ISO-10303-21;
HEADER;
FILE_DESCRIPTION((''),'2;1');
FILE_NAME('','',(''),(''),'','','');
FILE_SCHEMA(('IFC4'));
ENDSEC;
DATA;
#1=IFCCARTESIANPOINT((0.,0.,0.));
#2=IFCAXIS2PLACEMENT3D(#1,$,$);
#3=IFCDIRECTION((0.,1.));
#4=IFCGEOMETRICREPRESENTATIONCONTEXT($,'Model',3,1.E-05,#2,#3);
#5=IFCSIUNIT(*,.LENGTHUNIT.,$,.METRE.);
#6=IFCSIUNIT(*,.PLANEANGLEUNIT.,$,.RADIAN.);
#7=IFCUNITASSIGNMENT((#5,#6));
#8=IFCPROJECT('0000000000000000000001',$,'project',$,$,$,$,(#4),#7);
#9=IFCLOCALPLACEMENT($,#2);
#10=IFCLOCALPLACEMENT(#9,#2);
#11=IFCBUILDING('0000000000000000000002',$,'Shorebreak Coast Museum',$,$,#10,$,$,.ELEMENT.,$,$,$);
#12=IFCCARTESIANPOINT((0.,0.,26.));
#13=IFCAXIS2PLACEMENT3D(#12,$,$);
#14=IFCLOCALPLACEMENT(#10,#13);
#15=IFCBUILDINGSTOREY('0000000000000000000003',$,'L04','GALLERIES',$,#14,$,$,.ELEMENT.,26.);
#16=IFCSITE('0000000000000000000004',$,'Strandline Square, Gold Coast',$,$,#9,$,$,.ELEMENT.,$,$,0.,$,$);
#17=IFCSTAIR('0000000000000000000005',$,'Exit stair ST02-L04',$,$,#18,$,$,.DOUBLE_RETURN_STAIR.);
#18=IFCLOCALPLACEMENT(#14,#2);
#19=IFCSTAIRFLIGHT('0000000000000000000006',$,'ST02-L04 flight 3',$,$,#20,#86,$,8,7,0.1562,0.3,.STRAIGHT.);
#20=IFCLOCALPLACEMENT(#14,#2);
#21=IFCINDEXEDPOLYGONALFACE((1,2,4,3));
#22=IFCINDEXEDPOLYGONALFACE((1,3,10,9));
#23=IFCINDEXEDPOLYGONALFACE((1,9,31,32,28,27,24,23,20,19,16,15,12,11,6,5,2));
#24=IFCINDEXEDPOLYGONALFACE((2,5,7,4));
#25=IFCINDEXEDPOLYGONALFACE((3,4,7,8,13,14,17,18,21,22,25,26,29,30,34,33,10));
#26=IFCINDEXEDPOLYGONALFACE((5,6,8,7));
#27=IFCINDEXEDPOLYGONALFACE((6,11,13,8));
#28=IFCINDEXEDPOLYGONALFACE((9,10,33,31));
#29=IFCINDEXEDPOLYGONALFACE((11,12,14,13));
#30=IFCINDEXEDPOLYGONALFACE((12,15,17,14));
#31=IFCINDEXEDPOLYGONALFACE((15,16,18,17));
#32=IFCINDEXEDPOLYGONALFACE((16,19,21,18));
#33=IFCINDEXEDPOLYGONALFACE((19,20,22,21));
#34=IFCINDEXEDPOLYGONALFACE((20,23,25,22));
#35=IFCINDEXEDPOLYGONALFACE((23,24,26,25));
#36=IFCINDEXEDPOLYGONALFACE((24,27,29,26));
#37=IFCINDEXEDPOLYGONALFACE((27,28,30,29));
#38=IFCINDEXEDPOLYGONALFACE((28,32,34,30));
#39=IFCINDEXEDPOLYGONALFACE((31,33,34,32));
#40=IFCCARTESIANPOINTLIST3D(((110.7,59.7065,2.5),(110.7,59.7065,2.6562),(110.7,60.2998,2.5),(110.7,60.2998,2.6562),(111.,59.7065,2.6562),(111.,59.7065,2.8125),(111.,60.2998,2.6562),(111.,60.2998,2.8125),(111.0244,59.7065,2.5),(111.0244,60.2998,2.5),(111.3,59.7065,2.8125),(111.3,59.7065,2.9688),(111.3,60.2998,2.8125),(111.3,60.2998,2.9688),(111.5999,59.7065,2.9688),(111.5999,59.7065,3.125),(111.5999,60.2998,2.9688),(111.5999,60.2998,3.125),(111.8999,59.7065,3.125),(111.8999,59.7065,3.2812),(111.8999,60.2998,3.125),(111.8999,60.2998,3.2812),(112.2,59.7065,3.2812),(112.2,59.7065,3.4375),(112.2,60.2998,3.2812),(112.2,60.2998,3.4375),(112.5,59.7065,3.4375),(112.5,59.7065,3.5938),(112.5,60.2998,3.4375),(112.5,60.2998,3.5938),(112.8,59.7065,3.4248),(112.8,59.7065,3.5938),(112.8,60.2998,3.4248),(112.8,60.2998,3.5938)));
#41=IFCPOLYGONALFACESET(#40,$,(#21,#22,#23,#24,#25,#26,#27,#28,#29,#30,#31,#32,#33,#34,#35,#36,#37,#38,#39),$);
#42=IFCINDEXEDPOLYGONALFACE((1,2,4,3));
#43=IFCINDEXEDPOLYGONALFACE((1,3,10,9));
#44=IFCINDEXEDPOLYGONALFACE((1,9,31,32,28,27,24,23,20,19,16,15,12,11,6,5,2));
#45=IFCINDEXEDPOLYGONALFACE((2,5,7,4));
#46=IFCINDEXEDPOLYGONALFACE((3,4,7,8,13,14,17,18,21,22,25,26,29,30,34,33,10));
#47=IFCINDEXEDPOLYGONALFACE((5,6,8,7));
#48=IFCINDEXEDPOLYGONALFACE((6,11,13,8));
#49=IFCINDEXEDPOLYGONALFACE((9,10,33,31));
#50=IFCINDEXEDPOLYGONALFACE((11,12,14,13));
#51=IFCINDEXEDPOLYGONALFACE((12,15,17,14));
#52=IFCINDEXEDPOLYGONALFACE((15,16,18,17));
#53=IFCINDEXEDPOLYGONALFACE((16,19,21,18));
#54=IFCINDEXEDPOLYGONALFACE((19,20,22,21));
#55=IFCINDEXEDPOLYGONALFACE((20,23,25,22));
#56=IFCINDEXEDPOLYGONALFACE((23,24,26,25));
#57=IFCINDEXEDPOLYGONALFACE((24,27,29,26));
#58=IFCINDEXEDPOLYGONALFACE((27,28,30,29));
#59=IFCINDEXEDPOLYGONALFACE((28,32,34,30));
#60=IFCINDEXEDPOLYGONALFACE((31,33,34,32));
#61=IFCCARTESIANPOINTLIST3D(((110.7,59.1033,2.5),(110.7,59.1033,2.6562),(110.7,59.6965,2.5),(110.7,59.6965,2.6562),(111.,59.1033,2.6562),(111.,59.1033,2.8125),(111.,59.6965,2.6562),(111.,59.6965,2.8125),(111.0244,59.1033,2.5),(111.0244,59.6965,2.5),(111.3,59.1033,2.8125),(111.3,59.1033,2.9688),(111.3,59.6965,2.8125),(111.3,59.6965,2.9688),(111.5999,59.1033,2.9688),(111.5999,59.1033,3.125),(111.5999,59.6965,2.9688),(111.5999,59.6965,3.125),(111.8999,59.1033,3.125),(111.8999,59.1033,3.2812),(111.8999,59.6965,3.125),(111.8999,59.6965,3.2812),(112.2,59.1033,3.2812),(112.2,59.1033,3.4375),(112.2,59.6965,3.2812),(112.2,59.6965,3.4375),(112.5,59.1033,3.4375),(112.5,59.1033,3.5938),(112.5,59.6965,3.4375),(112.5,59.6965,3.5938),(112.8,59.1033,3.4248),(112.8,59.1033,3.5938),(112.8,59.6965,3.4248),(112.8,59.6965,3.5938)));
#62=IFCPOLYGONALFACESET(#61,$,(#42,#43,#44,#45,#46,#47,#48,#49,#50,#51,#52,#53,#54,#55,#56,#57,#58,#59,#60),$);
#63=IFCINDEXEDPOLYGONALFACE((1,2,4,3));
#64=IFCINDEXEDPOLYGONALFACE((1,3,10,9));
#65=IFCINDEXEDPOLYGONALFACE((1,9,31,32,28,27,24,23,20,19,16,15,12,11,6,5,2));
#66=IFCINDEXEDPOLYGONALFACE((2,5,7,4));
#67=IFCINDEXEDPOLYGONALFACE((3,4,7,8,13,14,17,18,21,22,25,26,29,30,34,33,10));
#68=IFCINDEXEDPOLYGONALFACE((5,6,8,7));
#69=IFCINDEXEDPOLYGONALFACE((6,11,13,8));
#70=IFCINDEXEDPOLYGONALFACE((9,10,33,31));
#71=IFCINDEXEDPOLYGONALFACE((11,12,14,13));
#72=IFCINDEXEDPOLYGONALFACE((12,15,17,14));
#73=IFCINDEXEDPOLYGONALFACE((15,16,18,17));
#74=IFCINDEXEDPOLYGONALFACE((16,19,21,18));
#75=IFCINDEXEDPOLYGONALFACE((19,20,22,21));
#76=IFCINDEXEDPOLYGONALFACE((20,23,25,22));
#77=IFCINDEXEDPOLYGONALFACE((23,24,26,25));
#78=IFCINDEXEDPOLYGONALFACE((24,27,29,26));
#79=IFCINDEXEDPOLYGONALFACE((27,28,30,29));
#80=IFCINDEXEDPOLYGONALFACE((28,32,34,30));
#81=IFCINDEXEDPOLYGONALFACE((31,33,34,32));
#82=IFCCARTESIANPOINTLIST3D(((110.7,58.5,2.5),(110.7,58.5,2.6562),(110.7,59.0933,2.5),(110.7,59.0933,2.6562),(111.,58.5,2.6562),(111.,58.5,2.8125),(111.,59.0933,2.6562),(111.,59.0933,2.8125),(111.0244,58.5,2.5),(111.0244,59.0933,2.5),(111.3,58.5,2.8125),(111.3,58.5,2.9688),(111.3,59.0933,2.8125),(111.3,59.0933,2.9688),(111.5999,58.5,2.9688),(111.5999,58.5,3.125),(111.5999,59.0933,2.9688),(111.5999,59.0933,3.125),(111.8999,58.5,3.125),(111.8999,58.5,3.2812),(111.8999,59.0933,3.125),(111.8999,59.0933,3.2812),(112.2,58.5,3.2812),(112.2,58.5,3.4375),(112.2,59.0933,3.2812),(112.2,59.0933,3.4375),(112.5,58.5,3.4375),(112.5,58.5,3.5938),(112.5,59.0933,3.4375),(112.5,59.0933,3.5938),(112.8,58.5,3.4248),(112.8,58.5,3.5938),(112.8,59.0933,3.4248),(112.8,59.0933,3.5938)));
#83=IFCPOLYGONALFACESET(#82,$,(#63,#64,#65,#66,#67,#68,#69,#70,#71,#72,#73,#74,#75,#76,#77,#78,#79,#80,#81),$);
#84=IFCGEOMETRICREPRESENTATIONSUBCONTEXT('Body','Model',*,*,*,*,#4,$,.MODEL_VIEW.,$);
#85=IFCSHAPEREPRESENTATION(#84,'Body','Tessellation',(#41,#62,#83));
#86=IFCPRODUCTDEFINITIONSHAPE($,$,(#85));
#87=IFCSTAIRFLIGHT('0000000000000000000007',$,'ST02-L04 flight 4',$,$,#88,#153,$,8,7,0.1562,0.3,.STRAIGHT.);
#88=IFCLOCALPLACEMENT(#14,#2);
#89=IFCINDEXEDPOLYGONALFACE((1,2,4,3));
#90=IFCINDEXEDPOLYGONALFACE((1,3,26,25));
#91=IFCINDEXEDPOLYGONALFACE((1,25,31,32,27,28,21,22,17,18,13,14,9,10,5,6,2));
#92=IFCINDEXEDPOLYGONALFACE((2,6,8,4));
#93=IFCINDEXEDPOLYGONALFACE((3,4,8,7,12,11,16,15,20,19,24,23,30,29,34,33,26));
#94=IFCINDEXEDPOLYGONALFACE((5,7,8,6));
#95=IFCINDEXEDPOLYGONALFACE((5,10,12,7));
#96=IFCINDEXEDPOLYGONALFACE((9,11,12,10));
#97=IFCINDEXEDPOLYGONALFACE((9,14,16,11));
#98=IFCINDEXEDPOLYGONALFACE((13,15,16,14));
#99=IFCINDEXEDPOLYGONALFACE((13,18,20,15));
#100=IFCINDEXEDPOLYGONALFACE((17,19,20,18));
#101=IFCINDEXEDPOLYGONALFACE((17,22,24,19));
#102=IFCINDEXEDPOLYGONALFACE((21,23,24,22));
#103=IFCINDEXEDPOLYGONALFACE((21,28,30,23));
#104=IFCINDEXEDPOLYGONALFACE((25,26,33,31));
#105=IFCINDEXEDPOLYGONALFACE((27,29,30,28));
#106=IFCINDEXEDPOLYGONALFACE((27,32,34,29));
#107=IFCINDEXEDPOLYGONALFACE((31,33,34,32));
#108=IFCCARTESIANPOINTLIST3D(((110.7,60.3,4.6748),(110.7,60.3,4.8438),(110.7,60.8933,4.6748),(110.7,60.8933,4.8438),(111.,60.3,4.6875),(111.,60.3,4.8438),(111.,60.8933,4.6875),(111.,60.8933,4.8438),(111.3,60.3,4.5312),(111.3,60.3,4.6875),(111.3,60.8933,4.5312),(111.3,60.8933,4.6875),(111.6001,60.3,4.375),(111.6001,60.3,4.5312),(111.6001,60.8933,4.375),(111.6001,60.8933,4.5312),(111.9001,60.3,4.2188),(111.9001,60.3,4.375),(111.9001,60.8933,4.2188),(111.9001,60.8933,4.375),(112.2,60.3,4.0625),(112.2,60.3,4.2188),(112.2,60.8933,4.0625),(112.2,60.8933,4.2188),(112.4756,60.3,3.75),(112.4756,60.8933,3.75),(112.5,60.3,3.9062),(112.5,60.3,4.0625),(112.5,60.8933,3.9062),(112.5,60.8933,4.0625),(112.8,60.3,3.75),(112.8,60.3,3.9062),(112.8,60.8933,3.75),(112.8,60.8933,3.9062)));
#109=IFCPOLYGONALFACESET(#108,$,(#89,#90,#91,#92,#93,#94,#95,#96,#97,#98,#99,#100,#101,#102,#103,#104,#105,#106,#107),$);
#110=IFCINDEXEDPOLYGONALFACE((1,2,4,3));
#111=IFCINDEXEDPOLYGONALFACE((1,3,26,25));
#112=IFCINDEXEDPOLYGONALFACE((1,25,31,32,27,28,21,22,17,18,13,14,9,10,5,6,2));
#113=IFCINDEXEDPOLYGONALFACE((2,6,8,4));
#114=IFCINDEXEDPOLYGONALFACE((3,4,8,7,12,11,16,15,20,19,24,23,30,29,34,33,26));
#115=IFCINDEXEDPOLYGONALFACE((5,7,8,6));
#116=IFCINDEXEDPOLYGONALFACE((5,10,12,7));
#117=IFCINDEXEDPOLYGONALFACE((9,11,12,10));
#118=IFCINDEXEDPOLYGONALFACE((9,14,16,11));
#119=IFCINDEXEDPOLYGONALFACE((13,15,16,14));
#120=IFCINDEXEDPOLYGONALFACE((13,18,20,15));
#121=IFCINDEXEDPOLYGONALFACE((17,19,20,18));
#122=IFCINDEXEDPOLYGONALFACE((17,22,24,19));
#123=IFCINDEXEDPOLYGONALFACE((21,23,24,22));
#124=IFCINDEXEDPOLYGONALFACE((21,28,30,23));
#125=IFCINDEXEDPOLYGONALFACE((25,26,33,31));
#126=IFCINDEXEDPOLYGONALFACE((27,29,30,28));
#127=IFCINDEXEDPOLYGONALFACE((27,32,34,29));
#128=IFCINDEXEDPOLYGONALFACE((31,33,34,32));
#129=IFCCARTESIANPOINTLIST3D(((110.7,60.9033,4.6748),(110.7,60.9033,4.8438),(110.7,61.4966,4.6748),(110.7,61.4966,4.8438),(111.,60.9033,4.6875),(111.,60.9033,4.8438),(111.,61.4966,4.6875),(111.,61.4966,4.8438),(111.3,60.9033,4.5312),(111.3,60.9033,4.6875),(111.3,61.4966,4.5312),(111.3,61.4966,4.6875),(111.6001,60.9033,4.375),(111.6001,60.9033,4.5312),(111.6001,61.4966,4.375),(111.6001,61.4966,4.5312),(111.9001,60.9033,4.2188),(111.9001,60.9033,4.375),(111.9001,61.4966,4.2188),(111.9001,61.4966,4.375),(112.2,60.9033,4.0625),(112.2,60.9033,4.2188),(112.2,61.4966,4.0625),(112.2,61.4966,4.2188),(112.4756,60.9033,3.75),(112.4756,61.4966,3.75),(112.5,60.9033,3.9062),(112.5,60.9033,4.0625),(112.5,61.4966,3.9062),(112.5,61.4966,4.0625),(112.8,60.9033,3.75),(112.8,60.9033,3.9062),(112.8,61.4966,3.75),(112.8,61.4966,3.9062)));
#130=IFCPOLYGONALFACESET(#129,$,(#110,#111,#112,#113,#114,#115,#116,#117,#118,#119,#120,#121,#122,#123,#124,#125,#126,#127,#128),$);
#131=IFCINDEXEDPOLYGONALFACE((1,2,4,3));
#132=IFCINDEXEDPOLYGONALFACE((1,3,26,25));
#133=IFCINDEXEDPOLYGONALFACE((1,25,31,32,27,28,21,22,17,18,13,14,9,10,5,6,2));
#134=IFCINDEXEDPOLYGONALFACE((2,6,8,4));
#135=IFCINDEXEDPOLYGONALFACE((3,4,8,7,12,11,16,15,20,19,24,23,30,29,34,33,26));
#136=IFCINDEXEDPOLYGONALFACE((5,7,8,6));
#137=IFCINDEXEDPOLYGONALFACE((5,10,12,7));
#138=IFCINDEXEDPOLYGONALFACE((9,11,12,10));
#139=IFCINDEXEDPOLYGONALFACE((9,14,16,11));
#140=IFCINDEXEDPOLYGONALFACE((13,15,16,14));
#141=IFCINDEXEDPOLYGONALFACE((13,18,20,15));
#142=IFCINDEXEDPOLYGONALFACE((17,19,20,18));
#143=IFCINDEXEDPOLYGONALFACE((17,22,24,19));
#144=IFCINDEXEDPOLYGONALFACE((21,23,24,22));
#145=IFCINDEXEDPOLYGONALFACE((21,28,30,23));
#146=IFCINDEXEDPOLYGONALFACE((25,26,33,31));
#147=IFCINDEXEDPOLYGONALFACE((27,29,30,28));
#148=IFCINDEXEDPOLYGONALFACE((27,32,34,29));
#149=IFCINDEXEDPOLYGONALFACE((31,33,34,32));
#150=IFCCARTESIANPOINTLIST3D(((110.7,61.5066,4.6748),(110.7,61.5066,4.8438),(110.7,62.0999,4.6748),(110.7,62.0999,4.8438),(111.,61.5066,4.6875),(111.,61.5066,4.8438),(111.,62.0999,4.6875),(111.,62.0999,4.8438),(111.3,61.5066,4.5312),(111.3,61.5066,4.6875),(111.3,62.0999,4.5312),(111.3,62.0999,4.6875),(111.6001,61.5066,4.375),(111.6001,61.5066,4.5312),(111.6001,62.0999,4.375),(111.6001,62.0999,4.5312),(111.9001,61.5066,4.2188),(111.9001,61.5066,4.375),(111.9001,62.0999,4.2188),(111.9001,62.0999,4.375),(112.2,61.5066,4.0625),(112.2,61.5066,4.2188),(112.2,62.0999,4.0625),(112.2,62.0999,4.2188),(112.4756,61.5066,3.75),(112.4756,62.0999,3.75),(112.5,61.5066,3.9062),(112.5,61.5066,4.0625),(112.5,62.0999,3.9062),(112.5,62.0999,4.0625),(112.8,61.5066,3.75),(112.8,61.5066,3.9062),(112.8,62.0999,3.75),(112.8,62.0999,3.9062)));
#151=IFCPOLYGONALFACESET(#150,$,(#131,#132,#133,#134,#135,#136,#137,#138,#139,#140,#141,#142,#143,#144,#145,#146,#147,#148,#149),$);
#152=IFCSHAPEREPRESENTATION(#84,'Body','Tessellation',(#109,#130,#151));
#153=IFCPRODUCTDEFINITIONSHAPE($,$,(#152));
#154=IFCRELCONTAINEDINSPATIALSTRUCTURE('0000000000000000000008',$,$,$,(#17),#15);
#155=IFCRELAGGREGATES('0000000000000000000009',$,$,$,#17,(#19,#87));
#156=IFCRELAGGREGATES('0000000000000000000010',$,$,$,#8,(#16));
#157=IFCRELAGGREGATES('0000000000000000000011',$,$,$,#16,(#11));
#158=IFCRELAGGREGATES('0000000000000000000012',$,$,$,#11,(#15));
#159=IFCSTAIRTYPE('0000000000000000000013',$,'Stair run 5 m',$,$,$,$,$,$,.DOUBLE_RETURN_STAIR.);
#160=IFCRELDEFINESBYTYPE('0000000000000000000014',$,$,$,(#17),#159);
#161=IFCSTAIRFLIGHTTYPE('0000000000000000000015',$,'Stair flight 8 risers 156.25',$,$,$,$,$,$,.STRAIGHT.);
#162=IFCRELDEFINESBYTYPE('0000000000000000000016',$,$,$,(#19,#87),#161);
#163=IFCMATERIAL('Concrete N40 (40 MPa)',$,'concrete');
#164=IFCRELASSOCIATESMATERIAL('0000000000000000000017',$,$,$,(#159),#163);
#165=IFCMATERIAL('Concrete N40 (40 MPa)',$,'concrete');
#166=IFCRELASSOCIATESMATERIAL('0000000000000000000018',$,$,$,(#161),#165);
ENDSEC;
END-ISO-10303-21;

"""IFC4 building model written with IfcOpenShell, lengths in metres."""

from ifc_helpers import new_model, si_unit, direction, frame, origin, place, context, subcontext, project, spatial, polyline, outline, extrude, material, type_object, element, aggregate, save


model = new_model("IFC4")

# Units and contexts
model_context = context("Model", 3, precision=1e-05, world=origin(), true_north=direction((0.0, 1.0)))
body_context = subcontext(model_context, "Body", "Model", "MODEL_VIEW")
ifc_project = project(units=[si_unit("LENGTHUNIT", "METRE"), si_unit("PLANEANGLEUNIT", "RADIAN")], contexts=[model_context])

# Site, building, storey
site_placement = place(None, origin())
site = spatial("IfcSite", under=ifc_project, at=site_placement, Name="Strandline Square, Gold Coast", CompositionType="ELEMENT", RefElevation=0.0)
building_placement = place(site_placement, origin())
building = spatial("IfcBuilding", under=site, at=building_placement, Name="Shorebreak Coast Museum", CompositionType="ELEMENT")
storey_placement = place(building_placement, frame((0.0, 0.0, 26.0)))
storey = spatial("IfcBuildingStorey", under=building, at=storey_placement, Name="L04", Description="GALLERIES", CompositionType="ELEMENT", Elevation=26.0)

# Stair, stair flights
ifc_material_1 = material(Name="Concrete N40 (40 MPa)", Category="concrete")
stair_type = type_object("IfcStairType", Name="Stair run 5 m", PredefinedType="DOUBLE_RETURN_STAIR", material=ifc_material_1)
stair_placement = place(storey_placement, origin())
stair = element("IfcStair", 1, at=stair_placement, inside=storey, type_object=stair_type, Name="Exit stair ST02-L04", PredefinedType="DOUBLE_RETURN_STAIR")
ifc_material_2 = material(Name="Concrete N40 (40 MPa)", Category="concrete")
stair_flight_type = type_object("IfcStairFlightType", Name="Stair flight 8 risers 156.25", PredefinedType="STRAIGHT", material=ifc_material_2)
stair_flight_1_placement = place(storey_placement, frame((110.7, 59.3999, 2.5), z_axis=(0.0, 0.0, 1.0), x_axis=(1.0, 0.0, 0.0)))
stair_flight_1 = element("IfcStairFlight", 2, at=stair_flight_1_placement, type_object=stair_flight_type, Name="ST02-L04 flight 3", NumberOfRisers=8, NumberOfTreads=7, PredefinedType="STRAIGHT", RiserHeight=0.1562, TreadLength=0.3, context=body_context, shape_type="SweptSolid", body=[
    extrude(outline(polyline([(0.0, 0.0), (0.0, 0.1562), (0.3, 0.1562), (0.3, 0.3125), (0.6001, 0.3125), (0.6001, 0.4688), (0.8999, 0.4688), (0.8999, 0.625), (1.2, 0.625), (1.2, 0.7812), (1.5, 0.7812), (1.5, 0.9375), (1.8, 0.9375), (1.8, 1.0938), (2.1001, 1.0938), (2.1001, 1.25), (2.1001, 0.9248), (0.3245, 0.0), (0.0, 0.0)])), frame((0.0, 0.8999, 0.0), z_axis=(0.0, -1.0, 0.0), x_axis=(1.0, 0.0, 0.0)), (0.0, 0.0, 1.0), 0.5933),
    extrude(outline(polyline([(0.0, 0.0), (0.0, 0.1562), (0.3, 0.1562), (0.3, 0.3125), (0.6001, 0.3125), (0.6001, 0.4688), (0.8999, 0.4688), (0.8999, 0.625), (1.2, 0.625), (1.2, 0.7812), (1.5, 0.7812), (1.5, 0.9375), (1.8, 0.9375), (1.8, 1.0938), (2.1001, 1.0938), (2.1001, 1.25), (2.1001, 0.9248), (0.3245, 0.0), (0.0, 0.0)])), frame((0.0, 0.2966, 0.0), z_axis=(0.0, -1.0, 0.0), x_axis=(1.0, 0.0, 0.0)), (0.0, 0.0, 1.0), 0.5933),
    extrude(outline(polyline([(0.0, 0.0), (0.0, 0.1562), (0.3, 0.1562), (0.3, 0.3125), (0.6001, 0.3125), (0.6001, 0.4688), (0.8999, 0.4688), (0.8999, 0.625), (1.2, 0.625), (1.2, 0.7812), (1.5, 0.7812), (1.5, 0.9375), (1.8, 0.9375), (1.8, 1.0938), (2.1001, 1.0938), (2.1001, 1.25), (2.1001, 0.9248), (0.3245, 0.0), (0.0, 0.0)])), frame((0.0, -0.3066, 0.0), z_axis=(0.0, -1.0, 0.0), x_axis=(1.0, 0.0, 0.0)), (0.0, 0.0, 1.0), 0.5933),
])
stair_flight_2_placement = place(storey_placement, frame((112.8, 61.2, 3.75), z_axis=(0.0, 0.0, 1.0), x_axis=(-1.0, 0.0, 0.0)))
stair_flight_2 = element("IfcStairFlight", 3, at=stair_flight_2_placement, type_object=stair_flight_type, Name="ST02-L04 flight 4", NumberOfRisers=8, NumberOfTreads=7, PredefinedType="STRAIGHT", RiserHeight=0.1562, TreadLength=0.3, context=body_context, shape_type="SweptSolid", body=[
    extrude(outline(polyline([(0.0, 0.0), (0.0, 0.1562), (0.3, 0.1562), (0.3, 0.3125), (0.6001, 0.3125), (0.6001, 0.4688), (0.8999, 0.4688), (0.8999, 0.625), (1.2, 0.625), (1.2, 0.7812), (1.5, 0.7812), (1.5, 0.9375), (1.8, 0.9375), (1.8, 1.0938), (2.1001, 1.0938), (2.1001, 1.25), (2.1001, 0.9248), (0.3245, 0.0), (0.0, 0.0)])), frame((0.0, 0.8999, 0.0), z_axis=(0.0, -1.0, 0.0), x_axis=(1.0, 0.0, 0.0)), (0.0, 0.0, 1.0), 0.5933),
    extrude(outline(polyline([(0.0, 0.0), (0.0, 0.1562), (0.3, 0.1562), (0.3, 0.3125), (0.6001, 0.3125), (0.6001, 0.4688), (0.8999, 0.4688), (0.8999, 0.625), (1.2, 0.625), (1.2, 0.7812), (1.5, 0.7812), (1.5, 0.9375), (1.8, 0.9375), (1.8, 1.0938), (2.1001, 1.0938), (2.1001, 1.25), (2.1001, 0.9248), (0.3245, 0.0), (0.0, 0.0)])), frame((0.0, 0.2966, 0.0), z_axis=(0.0, -1.0, 0.0), x_axis=(1.0, 0.0, 0.0)), (0.0, 0.0, 1.0), 0.5933),
    extrude(outline(polyline([(0.0, 0.0), (0.0, 0.1562), (0.3, 0.1562), (0.3, 0.3125), (0.6001, 0.3125), (0.6001, 0.4688), (0.8999, 0.4688), (0.8999, 0.625), (1.2, 0.625), (1.2, 0.7812), (1.5, 0.7812), (1.5, 0.9375), (1.8, 0.9375), (1.8, 1.0938), (2.1001, 1.0938), (2.1001, 1.25), (2.1001, 0.9248), (0.3245, 0.0), (0.0, 0.0)])), frame((0.0, -0.3066, 0.0), z_axis=(0.0, -1.0, 0.0), x_axis=(1.0, 0.0, 0.0)), (0.0, 0.0, 1.0), 0.5933),
])
aggregate(stair, [stair_flight_1, stair_flight_2])

save(model, "model.ifc")
